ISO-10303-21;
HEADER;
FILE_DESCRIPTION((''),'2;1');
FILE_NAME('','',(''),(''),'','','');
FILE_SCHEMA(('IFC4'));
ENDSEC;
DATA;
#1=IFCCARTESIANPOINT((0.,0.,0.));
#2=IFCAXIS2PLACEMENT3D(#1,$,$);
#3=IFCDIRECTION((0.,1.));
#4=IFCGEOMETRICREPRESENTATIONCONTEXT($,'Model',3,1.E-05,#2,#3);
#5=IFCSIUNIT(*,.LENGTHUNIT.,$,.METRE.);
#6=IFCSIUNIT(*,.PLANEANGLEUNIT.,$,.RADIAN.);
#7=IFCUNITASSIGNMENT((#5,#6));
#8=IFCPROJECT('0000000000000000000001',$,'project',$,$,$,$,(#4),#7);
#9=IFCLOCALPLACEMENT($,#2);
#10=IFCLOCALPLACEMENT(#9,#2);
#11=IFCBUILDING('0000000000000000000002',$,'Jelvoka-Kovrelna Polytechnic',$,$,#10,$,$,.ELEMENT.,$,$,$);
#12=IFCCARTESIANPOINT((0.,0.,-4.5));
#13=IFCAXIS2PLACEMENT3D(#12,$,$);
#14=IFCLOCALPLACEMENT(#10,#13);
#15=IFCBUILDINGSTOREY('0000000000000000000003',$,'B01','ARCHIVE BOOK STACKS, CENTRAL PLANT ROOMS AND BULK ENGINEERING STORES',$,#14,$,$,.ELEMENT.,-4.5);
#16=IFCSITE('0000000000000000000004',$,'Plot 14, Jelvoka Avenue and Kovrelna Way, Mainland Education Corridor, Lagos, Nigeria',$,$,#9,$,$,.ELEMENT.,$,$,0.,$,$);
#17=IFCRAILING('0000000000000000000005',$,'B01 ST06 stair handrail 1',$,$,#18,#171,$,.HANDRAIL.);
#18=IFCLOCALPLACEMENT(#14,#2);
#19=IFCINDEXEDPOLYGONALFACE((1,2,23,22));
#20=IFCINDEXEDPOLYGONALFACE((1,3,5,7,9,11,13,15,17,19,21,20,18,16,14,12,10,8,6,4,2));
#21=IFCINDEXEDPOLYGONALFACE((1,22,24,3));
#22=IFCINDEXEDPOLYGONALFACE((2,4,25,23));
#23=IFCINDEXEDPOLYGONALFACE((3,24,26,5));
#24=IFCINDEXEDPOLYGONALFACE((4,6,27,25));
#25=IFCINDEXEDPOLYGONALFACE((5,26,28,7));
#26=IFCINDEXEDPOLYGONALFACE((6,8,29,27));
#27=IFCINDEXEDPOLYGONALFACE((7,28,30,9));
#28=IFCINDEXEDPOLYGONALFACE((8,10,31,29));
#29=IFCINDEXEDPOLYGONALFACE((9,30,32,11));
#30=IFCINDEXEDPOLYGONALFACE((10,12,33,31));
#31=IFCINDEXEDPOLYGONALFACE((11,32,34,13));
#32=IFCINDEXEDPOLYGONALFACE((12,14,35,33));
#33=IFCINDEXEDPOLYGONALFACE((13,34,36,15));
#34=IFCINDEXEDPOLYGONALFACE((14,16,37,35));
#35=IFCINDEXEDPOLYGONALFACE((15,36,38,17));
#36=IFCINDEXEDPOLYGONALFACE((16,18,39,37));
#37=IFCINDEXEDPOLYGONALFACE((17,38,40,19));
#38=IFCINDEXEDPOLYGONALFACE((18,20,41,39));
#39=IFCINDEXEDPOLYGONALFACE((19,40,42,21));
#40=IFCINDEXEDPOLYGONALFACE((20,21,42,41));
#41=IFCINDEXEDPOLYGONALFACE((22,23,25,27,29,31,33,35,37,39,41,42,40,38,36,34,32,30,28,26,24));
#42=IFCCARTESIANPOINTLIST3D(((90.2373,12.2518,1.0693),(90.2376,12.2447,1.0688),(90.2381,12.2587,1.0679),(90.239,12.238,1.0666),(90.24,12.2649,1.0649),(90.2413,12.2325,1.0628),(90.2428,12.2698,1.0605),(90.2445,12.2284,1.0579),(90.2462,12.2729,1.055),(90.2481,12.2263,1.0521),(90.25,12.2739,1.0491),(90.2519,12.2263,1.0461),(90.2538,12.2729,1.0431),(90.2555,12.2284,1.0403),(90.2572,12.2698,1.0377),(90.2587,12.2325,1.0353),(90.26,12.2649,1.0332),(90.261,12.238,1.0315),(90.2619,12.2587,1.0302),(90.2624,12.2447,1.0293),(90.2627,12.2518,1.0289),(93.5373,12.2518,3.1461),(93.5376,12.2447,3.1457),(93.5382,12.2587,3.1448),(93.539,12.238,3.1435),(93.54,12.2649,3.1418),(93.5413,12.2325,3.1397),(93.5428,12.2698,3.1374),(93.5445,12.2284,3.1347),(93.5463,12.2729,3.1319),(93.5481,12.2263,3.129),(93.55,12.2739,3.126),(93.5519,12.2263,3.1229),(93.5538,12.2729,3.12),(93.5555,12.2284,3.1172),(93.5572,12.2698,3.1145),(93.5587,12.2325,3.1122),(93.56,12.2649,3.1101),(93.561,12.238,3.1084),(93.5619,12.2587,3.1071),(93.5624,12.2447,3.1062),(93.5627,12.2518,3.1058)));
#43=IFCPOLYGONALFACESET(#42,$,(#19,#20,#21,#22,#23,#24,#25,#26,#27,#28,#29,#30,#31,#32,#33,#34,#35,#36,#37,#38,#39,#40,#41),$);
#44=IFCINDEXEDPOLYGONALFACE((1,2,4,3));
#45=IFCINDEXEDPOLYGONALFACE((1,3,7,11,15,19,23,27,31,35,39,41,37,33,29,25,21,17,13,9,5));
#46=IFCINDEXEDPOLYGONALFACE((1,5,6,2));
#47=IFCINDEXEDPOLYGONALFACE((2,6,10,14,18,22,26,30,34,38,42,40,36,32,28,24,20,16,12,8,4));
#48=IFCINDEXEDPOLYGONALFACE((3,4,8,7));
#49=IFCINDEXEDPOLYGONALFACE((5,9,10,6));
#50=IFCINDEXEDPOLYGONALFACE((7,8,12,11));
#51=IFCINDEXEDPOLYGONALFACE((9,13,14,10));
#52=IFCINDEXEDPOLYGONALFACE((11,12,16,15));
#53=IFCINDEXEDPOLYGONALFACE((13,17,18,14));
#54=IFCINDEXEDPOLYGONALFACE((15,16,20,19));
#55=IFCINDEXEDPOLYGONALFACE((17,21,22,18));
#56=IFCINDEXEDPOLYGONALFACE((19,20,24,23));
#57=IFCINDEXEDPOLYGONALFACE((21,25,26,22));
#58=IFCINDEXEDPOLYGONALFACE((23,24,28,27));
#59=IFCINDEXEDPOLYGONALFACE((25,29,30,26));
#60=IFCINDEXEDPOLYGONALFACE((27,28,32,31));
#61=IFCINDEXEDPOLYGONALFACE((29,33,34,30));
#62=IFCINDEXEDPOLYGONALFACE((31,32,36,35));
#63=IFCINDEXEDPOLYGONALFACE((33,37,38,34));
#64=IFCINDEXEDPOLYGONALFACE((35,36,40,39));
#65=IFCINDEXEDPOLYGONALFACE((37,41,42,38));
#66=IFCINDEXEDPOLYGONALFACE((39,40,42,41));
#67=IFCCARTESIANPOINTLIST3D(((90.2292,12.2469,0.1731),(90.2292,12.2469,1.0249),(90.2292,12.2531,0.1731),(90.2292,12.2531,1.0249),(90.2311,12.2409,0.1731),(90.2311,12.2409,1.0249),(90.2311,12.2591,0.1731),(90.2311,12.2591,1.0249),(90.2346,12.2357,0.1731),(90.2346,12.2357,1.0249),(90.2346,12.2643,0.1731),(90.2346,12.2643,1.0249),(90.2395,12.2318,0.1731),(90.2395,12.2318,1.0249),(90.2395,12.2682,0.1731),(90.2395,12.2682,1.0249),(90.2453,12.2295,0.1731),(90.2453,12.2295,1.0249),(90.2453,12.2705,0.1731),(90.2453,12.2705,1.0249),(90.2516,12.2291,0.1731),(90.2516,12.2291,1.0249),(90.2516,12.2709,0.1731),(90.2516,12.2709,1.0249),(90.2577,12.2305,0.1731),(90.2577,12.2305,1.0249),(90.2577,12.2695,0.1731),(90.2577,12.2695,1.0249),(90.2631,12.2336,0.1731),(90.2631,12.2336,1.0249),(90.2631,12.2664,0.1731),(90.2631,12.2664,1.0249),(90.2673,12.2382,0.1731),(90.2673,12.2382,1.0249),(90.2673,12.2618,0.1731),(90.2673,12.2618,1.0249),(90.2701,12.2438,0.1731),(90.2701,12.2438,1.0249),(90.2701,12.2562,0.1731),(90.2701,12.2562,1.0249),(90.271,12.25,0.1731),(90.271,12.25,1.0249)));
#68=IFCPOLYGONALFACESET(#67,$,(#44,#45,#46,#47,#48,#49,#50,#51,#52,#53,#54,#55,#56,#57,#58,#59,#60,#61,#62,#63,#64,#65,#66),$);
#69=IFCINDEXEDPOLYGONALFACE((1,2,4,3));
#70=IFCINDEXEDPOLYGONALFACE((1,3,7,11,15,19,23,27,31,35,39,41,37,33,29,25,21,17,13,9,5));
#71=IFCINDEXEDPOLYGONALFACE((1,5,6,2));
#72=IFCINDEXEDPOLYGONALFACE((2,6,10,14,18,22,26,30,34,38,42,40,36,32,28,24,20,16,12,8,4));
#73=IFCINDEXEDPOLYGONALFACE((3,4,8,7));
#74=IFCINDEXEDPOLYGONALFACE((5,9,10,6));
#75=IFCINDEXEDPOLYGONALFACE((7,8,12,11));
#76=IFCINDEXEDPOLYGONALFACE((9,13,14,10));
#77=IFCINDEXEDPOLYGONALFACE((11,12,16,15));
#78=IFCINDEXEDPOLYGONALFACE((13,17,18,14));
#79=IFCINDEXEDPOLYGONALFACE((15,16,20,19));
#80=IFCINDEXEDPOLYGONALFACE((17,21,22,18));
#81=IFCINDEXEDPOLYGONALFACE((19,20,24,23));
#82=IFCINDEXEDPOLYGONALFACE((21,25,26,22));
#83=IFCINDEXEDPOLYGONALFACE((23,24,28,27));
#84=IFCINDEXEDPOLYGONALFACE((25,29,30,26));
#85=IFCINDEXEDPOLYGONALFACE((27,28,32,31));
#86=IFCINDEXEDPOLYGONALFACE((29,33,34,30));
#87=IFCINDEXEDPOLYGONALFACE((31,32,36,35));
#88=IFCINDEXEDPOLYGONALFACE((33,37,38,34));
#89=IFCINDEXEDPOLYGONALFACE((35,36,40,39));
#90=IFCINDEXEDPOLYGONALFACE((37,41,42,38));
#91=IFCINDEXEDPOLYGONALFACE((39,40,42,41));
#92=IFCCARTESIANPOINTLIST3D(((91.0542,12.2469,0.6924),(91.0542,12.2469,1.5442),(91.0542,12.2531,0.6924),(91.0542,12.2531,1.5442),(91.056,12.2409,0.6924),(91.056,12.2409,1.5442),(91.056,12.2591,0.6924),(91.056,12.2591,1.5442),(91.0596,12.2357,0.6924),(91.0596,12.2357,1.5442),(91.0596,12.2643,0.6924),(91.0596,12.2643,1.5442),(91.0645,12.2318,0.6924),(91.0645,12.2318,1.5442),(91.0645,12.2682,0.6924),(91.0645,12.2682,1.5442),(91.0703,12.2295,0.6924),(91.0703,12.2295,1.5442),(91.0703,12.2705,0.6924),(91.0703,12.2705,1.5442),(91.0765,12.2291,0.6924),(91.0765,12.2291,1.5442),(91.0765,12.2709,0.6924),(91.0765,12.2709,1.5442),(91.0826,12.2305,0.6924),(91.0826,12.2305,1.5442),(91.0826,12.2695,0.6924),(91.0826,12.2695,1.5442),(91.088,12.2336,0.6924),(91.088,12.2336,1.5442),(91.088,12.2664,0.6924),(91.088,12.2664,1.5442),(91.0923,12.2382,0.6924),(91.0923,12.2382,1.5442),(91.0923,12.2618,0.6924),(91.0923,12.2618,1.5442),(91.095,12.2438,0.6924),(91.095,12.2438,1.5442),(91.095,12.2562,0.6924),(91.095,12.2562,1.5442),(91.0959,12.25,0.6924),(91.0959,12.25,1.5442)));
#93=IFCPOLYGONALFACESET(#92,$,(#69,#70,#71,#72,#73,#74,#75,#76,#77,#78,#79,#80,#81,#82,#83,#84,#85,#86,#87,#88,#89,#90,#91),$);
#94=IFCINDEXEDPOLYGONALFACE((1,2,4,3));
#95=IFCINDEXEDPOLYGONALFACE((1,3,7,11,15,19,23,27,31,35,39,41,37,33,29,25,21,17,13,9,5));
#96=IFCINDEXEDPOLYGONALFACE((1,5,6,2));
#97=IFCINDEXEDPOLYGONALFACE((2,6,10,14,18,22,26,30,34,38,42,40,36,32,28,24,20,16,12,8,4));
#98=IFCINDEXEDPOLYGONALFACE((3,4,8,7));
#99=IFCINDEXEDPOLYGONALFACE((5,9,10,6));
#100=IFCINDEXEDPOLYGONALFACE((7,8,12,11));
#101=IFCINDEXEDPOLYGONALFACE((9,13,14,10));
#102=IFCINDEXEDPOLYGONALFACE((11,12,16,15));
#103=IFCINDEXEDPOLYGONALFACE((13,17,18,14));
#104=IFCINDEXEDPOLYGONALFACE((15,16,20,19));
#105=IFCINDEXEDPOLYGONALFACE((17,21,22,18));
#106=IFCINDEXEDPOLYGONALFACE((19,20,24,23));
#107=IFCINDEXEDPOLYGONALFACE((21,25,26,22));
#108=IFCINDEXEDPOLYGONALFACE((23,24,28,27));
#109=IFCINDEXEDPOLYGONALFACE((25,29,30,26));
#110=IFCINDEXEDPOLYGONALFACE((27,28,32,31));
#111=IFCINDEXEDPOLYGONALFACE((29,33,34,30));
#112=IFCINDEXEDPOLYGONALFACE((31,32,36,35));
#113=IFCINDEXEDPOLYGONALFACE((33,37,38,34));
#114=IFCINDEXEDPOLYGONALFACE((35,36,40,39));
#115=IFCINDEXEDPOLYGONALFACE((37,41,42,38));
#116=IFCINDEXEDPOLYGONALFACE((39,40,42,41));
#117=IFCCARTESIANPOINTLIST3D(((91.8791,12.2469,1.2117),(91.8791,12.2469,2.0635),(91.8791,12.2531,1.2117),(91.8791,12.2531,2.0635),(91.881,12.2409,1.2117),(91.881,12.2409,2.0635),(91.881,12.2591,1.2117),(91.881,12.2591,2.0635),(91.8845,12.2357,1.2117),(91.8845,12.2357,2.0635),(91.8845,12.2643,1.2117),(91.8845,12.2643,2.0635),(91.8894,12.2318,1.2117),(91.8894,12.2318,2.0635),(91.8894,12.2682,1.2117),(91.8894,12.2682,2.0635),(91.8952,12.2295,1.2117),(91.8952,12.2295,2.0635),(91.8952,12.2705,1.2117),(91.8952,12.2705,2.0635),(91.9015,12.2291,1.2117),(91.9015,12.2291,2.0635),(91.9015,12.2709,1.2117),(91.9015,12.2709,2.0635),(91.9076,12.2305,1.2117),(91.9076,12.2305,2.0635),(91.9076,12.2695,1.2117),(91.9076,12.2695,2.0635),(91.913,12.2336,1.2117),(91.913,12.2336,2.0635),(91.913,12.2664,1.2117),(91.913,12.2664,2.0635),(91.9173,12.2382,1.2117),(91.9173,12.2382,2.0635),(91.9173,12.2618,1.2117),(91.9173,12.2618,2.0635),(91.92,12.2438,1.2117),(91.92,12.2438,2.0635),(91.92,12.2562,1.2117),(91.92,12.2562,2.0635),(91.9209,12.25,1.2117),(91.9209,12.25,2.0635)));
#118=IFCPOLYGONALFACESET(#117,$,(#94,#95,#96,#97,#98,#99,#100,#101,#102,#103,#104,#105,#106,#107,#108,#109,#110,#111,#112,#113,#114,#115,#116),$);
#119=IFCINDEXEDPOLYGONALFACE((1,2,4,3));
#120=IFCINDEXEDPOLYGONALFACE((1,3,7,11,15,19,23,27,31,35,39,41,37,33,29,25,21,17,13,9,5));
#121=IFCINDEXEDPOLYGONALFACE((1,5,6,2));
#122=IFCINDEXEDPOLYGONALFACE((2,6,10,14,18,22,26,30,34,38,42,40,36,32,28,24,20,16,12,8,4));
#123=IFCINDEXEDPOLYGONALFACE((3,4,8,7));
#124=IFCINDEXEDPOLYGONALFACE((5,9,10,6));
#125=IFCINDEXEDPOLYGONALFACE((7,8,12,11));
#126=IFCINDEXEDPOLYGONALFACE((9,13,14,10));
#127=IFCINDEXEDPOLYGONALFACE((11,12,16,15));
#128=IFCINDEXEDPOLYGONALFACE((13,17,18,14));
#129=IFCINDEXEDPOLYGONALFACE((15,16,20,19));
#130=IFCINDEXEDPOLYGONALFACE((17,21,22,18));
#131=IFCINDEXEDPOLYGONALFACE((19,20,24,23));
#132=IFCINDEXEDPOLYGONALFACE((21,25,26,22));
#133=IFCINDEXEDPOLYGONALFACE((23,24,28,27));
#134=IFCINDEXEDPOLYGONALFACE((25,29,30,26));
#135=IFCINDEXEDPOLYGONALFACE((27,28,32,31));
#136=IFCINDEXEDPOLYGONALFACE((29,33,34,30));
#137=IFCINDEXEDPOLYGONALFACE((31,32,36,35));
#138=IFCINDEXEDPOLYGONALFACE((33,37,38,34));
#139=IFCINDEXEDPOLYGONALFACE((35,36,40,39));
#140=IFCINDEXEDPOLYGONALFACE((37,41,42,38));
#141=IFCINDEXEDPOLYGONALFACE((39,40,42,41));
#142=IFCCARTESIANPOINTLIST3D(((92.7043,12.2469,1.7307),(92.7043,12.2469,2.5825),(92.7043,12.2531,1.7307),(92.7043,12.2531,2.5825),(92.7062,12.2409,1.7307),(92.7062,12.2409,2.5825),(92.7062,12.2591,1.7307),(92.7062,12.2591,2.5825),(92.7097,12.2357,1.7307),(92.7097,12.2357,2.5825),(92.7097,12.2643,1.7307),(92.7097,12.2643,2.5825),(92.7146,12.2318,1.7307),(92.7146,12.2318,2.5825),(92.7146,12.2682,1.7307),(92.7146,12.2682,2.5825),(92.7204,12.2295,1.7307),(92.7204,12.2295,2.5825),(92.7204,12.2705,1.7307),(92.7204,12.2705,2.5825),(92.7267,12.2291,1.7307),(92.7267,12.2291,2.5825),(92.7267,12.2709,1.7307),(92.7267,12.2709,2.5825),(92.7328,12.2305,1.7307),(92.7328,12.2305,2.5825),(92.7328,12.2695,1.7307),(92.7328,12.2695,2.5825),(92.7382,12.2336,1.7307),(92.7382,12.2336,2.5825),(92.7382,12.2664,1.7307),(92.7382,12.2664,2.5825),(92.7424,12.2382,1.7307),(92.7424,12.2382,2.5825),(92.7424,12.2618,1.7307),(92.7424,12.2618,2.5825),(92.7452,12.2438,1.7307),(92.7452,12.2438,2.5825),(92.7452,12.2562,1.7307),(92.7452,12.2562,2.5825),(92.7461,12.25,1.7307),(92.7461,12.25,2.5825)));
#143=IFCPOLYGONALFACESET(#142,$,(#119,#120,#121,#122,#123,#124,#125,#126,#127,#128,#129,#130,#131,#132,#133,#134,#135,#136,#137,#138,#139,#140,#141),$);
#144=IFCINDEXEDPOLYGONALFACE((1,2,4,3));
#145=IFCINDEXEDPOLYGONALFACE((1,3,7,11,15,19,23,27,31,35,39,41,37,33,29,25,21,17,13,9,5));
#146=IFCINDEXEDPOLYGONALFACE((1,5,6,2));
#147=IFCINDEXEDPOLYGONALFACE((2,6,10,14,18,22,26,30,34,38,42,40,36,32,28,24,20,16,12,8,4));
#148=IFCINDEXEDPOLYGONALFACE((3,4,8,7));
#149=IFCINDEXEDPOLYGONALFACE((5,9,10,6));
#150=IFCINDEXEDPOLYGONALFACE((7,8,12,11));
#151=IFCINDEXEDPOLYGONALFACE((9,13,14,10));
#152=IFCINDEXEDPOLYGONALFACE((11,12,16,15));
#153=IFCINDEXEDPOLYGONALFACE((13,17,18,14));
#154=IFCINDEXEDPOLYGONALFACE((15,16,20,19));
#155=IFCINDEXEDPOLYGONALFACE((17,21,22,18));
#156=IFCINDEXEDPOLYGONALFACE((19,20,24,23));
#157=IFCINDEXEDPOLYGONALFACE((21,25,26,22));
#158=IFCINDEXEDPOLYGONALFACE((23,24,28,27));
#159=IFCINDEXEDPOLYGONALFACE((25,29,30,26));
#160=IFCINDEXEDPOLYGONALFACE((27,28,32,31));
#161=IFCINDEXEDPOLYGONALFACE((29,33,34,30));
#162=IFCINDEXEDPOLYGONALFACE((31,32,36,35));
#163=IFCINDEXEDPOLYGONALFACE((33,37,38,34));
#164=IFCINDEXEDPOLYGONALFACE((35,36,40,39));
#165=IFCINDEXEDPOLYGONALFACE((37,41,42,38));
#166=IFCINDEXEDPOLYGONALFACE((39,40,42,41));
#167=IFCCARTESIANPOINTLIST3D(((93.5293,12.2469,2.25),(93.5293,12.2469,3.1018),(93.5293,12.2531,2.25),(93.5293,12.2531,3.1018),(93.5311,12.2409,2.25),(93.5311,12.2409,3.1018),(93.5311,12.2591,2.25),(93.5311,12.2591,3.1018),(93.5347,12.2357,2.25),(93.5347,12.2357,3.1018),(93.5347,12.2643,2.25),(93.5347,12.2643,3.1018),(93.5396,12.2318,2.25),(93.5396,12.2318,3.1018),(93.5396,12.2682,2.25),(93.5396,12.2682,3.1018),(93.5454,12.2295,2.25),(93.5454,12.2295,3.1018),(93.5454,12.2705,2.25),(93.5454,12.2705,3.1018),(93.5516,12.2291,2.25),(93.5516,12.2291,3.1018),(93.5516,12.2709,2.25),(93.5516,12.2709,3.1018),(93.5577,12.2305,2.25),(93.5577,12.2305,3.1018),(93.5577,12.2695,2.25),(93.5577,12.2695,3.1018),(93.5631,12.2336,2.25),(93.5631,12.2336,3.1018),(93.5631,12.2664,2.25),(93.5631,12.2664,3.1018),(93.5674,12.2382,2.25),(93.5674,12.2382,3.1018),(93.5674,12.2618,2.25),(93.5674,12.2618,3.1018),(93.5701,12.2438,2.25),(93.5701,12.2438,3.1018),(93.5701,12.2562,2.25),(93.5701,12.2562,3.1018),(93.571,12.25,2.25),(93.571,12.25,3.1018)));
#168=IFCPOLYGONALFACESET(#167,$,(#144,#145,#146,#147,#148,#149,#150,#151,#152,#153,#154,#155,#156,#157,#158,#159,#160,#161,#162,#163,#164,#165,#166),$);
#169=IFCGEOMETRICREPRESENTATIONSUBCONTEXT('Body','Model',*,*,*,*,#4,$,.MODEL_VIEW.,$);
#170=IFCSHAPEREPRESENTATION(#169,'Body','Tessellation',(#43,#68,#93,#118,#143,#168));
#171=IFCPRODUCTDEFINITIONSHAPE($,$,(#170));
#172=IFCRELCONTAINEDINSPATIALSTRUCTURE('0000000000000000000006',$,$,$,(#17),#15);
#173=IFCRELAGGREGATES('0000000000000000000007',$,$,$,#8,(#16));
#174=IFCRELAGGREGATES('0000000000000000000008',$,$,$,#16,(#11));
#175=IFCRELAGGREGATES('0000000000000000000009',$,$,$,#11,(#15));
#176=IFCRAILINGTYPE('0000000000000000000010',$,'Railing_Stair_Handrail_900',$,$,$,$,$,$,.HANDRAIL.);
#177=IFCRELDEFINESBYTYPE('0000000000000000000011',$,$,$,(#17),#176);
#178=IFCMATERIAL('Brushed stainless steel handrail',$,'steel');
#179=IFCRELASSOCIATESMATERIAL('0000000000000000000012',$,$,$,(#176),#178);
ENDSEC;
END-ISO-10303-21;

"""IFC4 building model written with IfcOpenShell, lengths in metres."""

from ifc_helpers import new_model, si_unit, direction, frame, origin, origin_2d, place, context, subcontext, project, spatial, circle, extrude, material, type_object, element, save


model = new_model("IFC4")

# Units and contexts
model_context = context("Model", 3, precision=1e-05, world=origin(), true_north=direction((0.0, 1.0)))
body_context = subcontext(model_context, "Body", "Model", "MODEL_VIEW")
ifc_project = project(units=[si_unit("LENGTHUNIT", "METRE"), si_unit("PLANEANGLEUNIT", "RADIAN")], contexts=[model_context])

# Site, building, storey
site_placement = place(None, origin())
site = spatial("IfcSite", under=ifc_project, at=site_placement, Name="Plot 14, Jelvoka Avenue and Kovrelna Way, Mainland Education Corridor, Lagos, Nigeria", CompositionType="ELEMENT", RefElevation=0.0)
building_placement = place(site_placement, origin())
building = spatial("IfcBuilding", under=site, at=building_placement, Name="Jelvoka-Kovrelna Polytechnic", CompositionType="ELEMENT")
storey_placement = place(building_placement, frame((0.0, 0.0, -4.5)))
storey = spatial("IfcBuildingStorey", under=building, at=storey_placement, Name="B01", Description="ARCHIVE BOOK STACKS, CENTRAL PLANT ROOMS AND BULK ENGINEERING STORES", CompositionType="ELEMENT", Elevation=-4.5)

# Railing
ifc_material_1 = material(Name="Brushed stainless steel handrail", Category="steel")
railing_type_1 = type_object("IfcRailingType", Name="Railing_Stair_Handrail_900", PredefinedType="HANDRAIL", material=ifc_material_1)
railing_1_placement = place(storey_placement, frame((90.25, 12.25, 0.1731)))
element("IfcRailing", 1, at=railing_1_placement, inside=storey, type_object=railing_type_1, Name="B01 ST06 stair handrail 1", PredefinedType="HANDRAIL", context=body_context, shape_type="SweptSolid", body=[
    extrude(circle(Radius=0.0239, at=origin_2d()), frame((0.0, 0.0, 0.876), z_axis=(0.846337, 0.0, 0.532647), x_axis=(0.0, 1.0, 0.0)), (0.0, 0.0, 1.0), 3.8992),
    extrude(circle(Radius=0.021, at=origin_2d()), origin(), (0.0, 0.0, 1.0), 0.8518),
    extrude(circle(Radius=0.021, at=origin_2d()), frame((0.825, 0.0, 0.5193)), (0.0, 0.0, 1.0), 0.8518),
    extrude(circle(Radius=0.021, at=origin_2d()), frame((1.6499, 0.0, 1.0386)), (0.0, 0.0, 1.0), 0.8518),
    extrude(circle(Radius=0.021, at=origin_2d()), frame((2.4751, 0.0, 1.5576)), (0.0, 0.0, 1.0), 0.8518),
    extrude(circle(Radius=0.021, at=origin_2d()), frame((3.3, 0.0, 2.0769)), (0.0, 0.0, 1.0), 0.8518),
])

save(model, "model.ifc")
